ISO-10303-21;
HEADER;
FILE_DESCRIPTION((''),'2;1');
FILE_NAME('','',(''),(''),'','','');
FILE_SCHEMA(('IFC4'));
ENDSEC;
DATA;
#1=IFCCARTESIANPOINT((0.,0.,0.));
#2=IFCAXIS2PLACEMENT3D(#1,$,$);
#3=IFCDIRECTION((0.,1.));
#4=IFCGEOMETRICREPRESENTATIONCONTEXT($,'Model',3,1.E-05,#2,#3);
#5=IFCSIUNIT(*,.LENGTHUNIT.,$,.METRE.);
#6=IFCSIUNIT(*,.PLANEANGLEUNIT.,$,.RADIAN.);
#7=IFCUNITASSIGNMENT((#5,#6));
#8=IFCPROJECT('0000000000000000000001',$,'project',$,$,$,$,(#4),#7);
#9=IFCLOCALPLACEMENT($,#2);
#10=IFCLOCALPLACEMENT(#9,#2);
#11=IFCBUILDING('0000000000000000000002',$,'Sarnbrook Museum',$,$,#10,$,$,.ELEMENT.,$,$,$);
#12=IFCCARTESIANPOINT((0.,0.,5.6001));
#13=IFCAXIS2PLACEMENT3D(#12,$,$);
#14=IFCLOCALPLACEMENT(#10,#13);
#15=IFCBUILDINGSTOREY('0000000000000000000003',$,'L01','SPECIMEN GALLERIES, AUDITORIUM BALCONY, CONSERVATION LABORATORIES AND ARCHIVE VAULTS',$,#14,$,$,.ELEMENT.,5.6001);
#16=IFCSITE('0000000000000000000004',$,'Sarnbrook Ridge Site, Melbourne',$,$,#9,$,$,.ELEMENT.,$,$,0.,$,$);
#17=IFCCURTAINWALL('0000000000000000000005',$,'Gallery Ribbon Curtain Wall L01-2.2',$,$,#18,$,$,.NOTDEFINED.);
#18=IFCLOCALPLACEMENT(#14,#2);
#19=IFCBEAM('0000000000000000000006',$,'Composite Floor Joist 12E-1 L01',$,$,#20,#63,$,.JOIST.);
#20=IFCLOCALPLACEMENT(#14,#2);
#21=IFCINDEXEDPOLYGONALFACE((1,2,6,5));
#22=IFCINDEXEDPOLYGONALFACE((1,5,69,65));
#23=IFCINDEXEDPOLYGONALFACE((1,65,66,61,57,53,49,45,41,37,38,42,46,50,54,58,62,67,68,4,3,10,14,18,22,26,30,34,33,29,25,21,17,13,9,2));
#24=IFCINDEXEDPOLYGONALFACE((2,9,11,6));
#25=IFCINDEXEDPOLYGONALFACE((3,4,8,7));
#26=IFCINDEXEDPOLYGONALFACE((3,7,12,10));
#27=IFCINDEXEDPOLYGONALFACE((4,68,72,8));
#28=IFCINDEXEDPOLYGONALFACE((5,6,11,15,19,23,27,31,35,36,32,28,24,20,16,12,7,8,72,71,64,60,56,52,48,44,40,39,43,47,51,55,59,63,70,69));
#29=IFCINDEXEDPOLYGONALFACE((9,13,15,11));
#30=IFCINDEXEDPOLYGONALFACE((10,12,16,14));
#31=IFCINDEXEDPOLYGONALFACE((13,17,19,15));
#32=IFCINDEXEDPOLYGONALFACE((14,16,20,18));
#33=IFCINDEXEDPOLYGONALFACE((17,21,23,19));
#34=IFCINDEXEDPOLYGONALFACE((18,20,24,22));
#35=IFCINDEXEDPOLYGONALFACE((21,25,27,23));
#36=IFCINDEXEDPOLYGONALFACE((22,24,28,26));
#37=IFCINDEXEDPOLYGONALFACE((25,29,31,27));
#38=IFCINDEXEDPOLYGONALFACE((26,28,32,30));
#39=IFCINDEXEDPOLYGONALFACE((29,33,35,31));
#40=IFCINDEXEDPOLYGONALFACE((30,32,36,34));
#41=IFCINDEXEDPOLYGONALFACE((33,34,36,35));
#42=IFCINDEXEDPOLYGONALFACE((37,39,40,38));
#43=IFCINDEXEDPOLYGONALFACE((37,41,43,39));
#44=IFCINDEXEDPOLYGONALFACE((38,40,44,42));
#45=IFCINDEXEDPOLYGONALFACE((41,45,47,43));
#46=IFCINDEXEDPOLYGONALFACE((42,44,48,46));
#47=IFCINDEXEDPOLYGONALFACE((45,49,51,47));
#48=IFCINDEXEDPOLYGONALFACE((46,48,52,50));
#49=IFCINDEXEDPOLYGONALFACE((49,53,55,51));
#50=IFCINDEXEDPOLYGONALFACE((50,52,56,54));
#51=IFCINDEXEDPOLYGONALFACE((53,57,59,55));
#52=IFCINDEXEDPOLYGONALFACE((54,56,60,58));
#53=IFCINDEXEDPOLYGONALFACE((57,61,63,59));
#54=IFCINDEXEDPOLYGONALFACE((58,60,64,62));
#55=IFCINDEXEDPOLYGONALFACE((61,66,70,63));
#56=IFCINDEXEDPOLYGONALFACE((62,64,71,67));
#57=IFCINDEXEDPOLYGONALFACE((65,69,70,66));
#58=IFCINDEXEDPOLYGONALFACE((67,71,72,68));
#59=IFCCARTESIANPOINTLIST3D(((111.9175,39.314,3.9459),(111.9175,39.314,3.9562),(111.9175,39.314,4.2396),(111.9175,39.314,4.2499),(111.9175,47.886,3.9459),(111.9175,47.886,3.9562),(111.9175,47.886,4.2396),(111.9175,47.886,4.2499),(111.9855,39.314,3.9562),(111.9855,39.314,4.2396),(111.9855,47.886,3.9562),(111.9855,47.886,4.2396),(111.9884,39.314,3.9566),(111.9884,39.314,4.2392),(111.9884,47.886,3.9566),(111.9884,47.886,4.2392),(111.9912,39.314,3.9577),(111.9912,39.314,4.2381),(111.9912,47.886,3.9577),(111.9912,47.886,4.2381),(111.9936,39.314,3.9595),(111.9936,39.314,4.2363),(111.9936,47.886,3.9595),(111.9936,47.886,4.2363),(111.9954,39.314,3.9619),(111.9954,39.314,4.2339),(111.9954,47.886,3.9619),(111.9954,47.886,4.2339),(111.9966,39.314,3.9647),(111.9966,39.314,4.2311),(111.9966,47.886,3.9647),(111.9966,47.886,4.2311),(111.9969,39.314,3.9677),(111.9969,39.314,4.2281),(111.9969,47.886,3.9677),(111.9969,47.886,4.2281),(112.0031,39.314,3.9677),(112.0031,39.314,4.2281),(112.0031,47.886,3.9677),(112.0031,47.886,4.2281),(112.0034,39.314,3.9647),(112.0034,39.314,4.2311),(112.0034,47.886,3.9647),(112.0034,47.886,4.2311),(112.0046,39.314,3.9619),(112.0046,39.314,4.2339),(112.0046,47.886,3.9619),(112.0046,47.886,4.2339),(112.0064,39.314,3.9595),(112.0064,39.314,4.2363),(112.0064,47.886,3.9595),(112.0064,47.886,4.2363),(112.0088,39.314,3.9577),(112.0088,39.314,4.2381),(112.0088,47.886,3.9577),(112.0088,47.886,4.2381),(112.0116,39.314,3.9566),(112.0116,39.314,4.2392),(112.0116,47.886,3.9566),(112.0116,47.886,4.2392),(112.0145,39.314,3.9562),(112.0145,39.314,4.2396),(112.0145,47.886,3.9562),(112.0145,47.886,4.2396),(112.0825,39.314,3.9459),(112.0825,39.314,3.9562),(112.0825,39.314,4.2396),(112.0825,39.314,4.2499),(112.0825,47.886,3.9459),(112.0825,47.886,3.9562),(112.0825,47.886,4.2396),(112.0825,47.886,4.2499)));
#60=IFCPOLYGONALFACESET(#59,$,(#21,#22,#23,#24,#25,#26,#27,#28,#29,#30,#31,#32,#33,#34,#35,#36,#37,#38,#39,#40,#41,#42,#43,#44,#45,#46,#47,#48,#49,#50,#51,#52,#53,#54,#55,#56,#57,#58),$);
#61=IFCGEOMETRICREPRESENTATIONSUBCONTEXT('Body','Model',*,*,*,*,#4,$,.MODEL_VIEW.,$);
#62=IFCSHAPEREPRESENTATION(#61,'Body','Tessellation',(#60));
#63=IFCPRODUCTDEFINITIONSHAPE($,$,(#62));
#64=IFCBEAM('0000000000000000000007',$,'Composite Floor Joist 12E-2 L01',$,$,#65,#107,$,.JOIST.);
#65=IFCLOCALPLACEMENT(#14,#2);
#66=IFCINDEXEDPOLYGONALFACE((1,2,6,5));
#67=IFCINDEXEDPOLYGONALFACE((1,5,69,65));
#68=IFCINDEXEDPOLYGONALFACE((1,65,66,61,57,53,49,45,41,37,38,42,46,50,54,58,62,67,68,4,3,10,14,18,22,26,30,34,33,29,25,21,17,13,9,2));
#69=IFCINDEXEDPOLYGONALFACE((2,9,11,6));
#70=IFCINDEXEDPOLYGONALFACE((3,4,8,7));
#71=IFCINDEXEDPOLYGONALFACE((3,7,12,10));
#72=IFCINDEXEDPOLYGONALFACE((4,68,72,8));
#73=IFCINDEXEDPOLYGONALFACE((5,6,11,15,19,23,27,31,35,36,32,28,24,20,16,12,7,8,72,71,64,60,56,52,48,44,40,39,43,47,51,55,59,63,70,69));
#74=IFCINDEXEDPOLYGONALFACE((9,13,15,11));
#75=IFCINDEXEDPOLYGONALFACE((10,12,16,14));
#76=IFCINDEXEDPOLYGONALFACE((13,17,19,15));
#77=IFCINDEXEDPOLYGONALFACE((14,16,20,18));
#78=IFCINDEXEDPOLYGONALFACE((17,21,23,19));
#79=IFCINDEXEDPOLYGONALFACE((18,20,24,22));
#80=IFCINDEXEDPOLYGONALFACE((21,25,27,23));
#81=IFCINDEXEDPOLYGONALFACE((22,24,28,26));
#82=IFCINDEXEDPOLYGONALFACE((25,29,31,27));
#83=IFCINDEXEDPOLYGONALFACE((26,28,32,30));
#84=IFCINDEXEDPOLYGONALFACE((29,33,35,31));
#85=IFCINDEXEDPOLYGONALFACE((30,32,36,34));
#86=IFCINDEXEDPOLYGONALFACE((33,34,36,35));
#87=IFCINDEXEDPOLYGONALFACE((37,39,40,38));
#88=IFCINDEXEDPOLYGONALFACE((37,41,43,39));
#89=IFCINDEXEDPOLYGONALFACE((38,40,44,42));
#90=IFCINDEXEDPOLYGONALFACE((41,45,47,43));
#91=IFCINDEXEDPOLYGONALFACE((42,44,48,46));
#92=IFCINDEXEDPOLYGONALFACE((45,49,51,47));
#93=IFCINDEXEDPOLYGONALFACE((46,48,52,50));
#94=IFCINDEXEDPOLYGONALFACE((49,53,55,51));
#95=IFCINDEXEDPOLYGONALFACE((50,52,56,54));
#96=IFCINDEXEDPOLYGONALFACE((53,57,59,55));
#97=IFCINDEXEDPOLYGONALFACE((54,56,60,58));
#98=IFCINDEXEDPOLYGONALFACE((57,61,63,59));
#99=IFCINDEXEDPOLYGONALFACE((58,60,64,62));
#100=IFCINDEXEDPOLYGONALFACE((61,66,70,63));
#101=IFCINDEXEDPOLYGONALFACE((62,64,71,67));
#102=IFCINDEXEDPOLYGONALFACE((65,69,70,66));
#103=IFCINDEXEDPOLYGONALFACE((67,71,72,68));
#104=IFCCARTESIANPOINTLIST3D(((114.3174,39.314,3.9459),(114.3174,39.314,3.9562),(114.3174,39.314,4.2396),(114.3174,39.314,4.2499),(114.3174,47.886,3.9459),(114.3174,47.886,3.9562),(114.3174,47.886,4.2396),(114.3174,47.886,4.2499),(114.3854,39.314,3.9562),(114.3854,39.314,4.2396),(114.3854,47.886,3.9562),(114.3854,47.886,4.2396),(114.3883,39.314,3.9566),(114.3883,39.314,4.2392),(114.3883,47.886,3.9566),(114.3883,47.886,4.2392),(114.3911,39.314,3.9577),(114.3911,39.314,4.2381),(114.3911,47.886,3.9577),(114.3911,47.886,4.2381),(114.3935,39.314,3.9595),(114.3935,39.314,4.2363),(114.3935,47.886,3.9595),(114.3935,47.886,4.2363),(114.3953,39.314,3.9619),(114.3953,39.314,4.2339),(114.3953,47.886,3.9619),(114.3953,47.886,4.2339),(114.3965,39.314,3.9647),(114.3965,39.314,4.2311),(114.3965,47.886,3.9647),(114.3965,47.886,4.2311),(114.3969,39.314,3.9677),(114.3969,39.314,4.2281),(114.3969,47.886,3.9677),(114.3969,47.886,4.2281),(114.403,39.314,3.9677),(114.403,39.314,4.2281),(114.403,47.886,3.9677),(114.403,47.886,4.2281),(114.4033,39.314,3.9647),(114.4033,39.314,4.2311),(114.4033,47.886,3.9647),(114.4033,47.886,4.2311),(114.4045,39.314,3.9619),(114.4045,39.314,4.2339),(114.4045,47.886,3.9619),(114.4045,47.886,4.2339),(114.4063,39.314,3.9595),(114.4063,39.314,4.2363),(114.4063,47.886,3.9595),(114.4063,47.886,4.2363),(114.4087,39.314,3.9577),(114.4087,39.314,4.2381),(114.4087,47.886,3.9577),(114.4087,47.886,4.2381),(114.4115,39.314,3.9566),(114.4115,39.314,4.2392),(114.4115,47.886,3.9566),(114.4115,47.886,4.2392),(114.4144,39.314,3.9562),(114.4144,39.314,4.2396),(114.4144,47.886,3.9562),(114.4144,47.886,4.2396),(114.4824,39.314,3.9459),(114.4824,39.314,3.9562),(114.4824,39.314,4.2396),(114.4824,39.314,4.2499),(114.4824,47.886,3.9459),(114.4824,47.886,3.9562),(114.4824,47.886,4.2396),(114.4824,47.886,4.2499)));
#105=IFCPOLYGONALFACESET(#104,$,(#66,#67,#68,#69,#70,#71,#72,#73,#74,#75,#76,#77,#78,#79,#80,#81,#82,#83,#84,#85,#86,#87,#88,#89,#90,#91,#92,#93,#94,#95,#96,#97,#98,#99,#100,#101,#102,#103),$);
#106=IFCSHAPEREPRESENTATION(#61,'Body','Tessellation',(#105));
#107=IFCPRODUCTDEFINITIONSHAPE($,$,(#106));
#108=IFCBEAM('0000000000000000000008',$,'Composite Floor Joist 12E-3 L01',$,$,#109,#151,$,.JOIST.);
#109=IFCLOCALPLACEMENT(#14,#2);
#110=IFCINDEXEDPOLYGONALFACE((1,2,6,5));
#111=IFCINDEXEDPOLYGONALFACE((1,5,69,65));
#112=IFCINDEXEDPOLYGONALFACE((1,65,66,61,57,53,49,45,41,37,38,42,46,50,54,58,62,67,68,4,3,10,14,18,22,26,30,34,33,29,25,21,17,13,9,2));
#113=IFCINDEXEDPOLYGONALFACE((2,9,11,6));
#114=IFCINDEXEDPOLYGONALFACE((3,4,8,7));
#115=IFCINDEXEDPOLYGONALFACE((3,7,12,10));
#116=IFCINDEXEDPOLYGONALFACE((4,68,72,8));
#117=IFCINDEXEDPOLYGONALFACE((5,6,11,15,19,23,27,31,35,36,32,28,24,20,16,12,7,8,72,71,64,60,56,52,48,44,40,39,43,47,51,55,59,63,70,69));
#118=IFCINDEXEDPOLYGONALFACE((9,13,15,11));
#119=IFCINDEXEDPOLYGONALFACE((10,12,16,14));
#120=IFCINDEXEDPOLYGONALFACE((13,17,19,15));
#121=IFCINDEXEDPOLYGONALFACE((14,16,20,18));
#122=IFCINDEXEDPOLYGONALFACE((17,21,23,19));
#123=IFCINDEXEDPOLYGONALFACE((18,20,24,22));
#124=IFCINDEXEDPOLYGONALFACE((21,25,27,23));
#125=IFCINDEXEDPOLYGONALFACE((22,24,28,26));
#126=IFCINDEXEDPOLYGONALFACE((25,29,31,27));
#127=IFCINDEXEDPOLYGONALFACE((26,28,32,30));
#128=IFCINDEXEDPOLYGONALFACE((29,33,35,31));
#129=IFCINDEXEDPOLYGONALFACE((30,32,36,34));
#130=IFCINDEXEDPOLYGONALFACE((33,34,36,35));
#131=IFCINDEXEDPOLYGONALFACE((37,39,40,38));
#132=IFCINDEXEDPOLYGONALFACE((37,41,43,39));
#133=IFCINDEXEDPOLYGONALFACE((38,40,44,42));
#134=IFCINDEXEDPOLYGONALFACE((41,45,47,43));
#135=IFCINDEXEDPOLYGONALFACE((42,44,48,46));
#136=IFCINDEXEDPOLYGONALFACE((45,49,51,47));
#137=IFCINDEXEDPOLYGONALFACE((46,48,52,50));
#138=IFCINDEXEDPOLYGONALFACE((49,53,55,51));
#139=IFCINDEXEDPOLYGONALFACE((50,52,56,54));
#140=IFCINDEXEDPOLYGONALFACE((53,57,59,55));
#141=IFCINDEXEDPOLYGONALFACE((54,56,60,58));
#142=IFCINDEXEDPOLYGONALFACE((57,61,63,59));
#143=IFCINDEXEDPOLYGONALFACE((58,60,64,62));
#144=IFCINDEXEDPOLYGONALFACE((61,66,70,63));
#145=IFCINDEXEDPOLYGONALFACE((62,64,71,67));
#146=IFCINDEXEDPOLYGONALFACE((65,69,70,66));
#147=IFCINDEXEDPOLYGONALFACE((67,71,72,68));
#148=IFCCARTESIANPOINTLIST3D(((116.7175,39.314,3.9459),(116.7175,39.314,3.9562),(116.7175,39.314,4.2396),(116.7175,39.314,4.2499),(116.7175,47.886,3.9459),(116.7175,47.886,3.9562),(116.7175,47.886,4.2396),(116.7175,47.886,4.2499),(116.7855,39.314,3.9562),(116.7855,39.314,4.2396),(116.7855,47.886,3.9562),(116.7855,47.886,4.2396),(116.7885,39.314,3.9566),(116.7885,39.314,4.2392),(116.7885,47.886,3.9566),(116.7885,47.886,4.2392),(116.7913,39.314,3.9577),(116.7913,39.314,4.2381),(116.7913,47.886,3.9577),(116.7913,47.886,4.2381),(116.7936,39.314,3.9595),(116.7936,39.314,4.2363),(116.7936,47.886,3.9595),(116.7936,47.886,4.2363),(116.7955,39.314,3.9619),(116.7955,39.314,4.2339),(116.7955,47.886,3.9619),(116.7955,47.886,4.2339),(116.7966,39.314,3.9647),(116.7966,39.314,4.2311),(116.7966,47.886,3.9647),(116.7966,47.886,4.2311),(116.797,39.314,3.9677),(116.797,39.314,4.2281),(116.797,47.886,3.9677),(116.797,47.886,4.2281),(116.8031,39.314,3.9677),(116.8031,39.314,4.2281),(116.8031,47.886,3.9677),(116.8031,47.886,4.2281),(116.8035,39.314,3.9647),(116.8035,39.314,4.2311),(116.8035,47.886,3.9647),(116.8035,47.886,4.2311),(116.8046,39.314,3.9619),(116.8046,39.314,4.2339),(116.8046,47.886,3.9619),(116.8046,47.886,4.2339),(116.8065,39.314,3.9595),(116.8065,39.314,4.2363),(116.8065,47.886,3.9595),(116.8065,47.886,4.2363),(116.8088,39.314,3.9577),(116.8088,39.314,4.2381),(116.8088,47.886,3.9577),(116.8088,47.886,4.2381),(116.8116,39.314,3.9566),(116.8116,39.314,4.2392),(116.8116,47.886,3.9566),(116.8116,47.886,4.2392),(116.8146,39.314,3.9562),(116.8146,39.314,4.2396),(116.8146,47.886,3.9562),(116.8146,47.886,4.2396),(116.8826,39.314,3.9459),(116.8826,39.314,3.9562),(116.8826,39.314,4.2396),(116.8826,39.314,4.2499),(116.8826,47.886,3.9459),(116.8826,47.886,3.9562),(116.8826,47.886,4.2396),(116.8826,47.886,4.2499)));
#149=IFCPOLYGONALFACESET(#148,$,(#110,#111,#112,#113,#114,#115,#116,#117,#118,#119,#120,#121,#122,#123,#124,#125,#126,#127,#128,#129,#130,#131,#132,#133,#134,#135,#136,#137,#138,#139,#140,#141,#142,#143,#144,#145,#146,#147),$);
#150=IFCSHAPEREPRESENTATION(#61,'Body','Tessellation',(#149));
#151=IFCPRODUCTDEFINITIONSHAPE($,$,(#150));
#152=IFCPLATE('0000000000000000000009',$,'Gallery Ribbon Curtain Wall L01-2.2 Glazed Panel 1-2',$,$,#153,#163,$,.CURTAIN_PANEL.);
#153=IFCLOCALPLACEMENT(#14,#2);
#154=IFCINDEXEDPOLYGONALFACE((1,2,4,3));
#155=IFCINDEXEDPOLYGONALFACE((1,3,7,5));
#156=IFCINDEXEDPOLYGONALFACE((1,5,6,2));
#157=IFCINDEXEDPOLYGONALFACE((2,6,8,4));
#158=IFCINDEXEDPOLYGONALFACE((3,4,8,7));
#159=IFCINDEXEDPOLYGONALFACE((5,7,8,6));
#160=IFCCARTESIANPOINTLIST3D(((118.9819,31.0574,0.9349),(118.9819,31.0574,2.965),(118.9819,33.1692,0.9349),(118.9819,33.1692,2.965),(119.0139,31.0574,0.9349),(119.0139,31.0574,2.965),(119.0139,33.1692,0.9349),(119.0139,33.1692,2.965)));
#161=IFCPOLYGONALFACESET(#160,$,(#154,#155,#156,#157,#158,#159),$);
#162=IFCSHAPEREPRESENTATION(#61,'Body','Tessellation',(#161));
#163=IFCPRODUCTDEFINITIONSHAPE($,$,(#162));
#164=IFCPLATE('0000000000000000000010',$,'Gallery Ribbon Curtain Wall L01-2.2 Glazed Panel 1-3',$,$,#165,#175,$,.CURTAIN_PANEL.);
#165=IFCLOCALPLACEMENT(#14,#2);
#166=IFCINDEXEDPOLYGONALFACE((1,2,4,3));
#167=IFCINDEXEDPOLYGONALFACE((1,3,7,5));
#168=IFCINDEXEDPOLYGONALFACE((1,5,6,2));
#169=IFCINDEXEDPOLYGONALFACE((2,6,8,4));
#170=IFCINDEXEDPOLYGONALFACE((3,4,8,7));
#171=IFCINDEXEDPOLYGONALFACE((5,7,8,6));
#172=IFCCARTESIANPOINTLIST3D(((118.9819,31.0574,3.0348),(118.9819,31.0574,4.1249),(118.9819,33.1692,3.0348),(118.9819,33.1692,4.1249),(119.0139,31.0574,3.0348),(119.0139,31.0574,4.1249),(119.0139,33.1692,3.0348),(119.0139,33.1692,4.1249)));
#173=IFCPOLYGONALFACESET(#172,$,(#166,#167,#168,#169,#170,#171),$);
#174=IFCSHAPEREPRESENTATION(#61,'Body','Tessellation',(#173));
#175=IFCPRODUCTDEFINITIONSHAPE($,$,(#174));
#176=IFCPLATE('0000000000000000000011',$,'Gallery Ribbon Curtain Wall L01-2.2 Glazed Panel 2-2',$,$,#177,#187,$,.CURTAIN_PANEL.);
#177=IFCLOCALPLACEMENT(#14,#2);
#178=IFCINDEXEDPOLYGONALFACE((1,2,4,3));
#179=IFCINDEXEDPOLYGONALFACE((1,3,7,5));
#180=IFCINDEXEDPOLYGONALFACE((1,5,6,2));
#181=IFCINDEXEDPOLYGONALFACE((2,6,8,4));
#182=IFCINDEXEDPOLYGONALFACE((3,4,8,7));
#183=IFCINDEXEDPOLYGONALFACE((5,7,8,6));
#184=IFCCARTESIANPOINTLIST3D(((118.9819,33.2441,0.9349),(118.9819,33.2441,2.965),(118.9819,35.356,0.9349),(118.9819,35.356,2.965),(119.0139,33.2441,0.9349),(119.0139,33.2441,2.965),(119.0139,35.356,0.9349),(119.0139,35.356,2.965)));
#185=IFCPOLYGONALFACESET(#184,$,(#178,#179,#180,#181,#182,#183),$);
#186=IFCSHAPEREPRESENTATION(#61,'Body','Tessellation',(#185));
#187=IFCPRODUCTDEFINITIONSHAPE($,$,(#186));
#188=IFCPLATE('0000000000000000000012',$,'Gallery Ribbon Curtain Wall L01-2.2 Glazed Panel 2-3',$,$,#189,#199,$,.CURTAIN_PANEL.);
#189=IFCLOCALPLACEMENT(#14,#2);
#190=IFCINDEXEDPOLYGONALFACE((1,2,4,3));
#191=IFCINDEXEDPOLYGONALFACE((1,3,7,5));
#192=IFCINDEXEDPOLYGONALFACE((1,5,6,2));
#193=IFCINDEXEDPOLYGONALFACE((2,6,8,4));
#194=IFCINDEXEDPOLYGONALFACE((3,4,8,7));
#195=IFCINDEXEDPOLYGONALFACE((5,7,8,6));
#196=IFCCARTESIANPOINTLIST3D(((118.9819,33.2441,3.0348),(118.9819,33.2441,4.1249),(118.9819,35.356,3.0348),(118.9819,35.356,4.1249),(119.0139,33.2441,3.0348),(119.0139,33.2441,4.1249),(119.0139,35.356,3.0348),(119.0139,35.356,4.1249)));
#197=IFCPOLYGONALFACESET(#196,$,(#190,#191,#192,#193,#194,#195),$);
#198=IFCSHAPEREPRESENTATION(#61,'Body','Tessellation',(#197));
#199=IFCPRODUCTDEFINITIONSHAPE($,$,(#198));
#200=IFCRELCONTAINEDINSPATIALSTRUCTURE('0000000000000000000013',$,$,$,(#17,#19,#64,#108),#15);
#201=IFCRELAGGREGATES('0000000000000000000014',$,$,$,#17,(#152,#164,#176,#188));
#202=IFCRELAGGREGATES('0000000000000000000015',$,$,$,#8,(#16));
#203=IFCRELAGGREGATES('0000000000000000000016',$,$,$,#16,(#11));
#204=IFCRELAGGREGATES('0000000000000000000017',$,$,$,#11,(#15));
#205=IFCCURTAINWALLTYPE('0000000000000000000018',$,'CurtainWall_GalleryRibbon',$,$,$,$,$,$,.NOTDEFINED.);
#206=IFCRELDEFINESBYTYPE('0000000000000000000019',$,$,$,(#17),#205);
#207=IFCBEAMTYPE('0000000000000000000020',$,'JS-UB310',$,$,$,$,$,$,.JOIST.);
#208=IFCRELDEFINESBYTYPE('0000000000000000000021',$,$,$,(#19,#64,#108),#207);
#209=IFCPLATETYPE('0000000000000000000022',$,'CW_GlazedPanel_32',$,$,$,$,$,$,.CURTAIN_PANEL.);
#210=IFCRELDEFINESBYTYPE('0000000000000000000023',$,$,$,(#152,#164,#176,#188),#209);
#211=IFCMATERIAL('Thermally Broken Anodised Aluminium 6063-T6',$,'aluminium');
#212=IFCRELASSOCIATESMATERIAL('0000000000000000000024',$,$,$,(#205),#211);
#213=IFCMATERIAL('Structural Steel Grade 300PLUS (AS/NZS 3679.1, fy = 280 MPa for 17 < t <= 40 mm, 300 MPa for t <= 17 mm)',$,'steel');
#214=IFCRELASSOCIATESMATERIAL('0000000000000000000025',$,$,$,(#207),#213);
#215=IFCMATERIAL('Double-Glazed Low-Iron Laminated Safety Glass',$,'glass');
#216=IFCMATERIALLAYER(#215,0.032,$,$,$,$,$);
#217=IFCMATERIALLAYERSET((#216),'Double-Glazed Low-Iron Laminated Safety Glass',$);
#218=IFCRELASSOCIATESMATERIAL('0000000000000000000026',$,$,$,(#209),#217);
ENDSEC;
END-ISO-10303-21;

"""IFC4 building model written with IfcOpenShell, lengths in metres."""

from ifc_helpers import new_model, si_unit, direction, frame, origin, origin_2d, place, context, subcontext, project, spatial, rectangle, i_section, extrude, material, layer, layer_set, material_profile, profile_set, type_object, element, aggregate, save


model = new_model("IFC4")

# Units and contexts
model_context = context("Model", 3, precision=1e-05, world=origin(), true_north=direction((0.0, 1.0)))
body_context = subcontext(model_context, "Body", "Model", "MODEL_VIEW")
ifc_project = project(units=[si_unit("LENGTHUNIT", "METRE"), si_unit("PLANEANGLEUNIT", "RADIAN")], contexts=[model_context])

# Site, building, storey
site_placement = place(None, origin())
site = spatial("IfcSite", under=ifc_project, at=site_placement, Name="Sarnbrook Ridge Site, Melbourne", CompositionType="ELEMENT", RefElevation=0.0)
building_placement = place(site_placement, origin())
building = spatial("IfcBuilding", under=site, at=building_placement, Name="Sarnbrook Museum", CompositionType="ELEMENT")
storey_placement = place(building_placement, frame((0.0, 0.0, 5.6001)))
storey = spatial("IfcBuildingStorey", under=building, at=storey_placement, Name="L01", Description="SPECIMEN GALLERIES, AUDITORIUM BALCONY, CONSERVATION LABORATORIES AND ARCHIVE VAULTS", CompositionType="ELEMENT", Elevation=5.6001)

# Shared definitions
ifc_material_1 = material(Name="Structural Steel Grade 300PLUS (AS/NZS 3679.1, fy = 280 MPa for 17 < t <= 40 mm, 300 MPa for t <= 17 mm)", Category="steel")

# Curtain wall
ifc_material_2 = material(Name="Thermally Broken Anodised Aluminium 6063-T6", Category="aluminium")
curtain_wall_type = type_object("IfcCurtainWallType", Name="CurtainWall_GalleryRibbon", PredefinedType="NOTDEFINED", material=ifc_material_2)
curtain_wall_placement = place(storey_placement, origin())
curtain_wall = element("IfcCurtainWall", 1, at=curtain_wall_placement, inside=storey, type_object=curtain_wall_type, Name="Gallery Ribbon Curtain Wall L01-2.2", PredefinedType="NOTDEFINED")

# Beams
ifc_material_profile_1 = material_profile(ifc_material_1, i_section(OverallWidth=0.165, OverallDepth=0.304, WebThickness=0.0061, FlangeThickness=0.0103, FilletRadius=0.0115, at=origin_2d()), Name="310UB40.4")
ifc_profile_set_1 = profile_set([ifc_material_profile_1], Name="Structural Steel Grade 300PLUS (AS/NZS 3679.1, fy = 280 MPa for 17 < t <= 40 mm, 300 MPa for t <= 17 mm)")
beam_type_1 = type_object("IfcBeamType", Name="JS-UB310", PredefinedType="JOIST", material=ifc_profile_set_1)
for number, where, z_axis, x_axis, name in (
    (2, (112.0, 39.314, 4.0979), (0.0, 1.0, 0.0), (-1.0, 0.0, 0.0), "Composite Floor Joist 12E-1 L01"),
    (3, (114.3999, 39.314, 4.0979), (0.0, 1.0, 0.0), (-1.0, 0.0, 0.0), "Composite Floor Joist 12E-2 L01"),
    (4, (116.8, 39.314, 4.0979), (0.0, 1.0, 0.0), (-1.0, 0.0, 0.0), "Composite Floor Joist 12E-3 L01"),
):
    element("IfcBeam", number, at=place(storey_placement, frame(where, z_axis=z_axis, x_axis=x_axis)), inside=storey, type_object=beam_type_1, Name=name, PredefinedType="JOIST", context=body_context, shape_type="SweptSolid", body=[
        extrude(i_section(OverallWidth=0.165, OverallDepth=0.304, WebThickness=0.0061, FlangeThickness=0.0103, FilletRadius=0.0115, at=origin_2d()), origin(), (0.0, 0.0, 1.0), 8.572),
    ])

# Plates
ifc_material_3 = material(Name="Double-Glazed Low-Iron Laminated Safety Glass", Category="glass")
ifc_layer_1 = layer(ifc_material_3, 0.032)
ifc_layer_set_1 = layer_set([ifc_layer_1], Name="Double-Glazed Low-Iron Laminated Safety Glass")
plate_type_1 = type_object("IfcPlateType", Name="CW_GlazedPanel_32", PredefinedType="CURTAIN_PANEL", material=ifc_layer_set_1)
plate_1_placement = place(storey_placement, frame((118.9819, 32.1133, 1.95), z_axis=(1.0, 0.0, 0.0), x_axis=(0.0, 1.0, 0.0)))
plate_1 = element("IfcPlate", 5, at=plate_1_placement, type_object=plate_type_1, Name="Gallery Ribbon Curtain Wall L01-2.2 Glazed Panel 1-2", PredefinedType="CURTAIN_PANEL", context=body_context, shape_type="SweptSolid", body=[
    extrude(rectangle(XDim=2.1118, YDim=2.03, at=origin_2d()), origin(), (0.0, 0.0, 1.0), 0.032),
])
plate_2_placement = place(storey_placement, frame((118.9819, 32.1133, 3.5798), z_axis=(1.0, 0.0, 0.0), x_axis=(0.0, 1.0, 0.0)))
plate_2 = element("IfcPlate", 6, at=plate_2_placement, type_object=plate_type_1, Name="Gallery Ribbon Curtain Wall L01-2.2 Glazed Panel 1-3", PredefinedType="CURTAIN_PANEL", context=body_context, shape_type="SweptSolid", body=[
    extrude(rectangle(XDim=2.1118, YDim=1.0901, at=origin_2d()), origin(), (0.0, 0.0, 1.0), 0.032),
])
plate_3_placement = place(storey_placement, frame((118.9819, 34.3, 1.95), z_axis=(1.0, 0.0, 0.0), x_axis=(0.0, 1.0, 0.0)))
plate_3 = element("IfcPlate", 7, at=plate_3_placement, type_object=plate_type_1, Name="Gallery Ribbon Curtain Wall L01-2.2 Glazed Panel 2-2", PredefinedType="CURTAIN_PANEL", context=body_context, shape_type="SweptSolid", body=[
    extrude(rectangle(XDim=2.1118, YDim=2.03, at=origin_2d()), origin(), (0.0, 0.0, 1.0), 0.032),
])
plate_4_placement = place(storey_placement, frame((118.9819, 34.3, 3.5798), z_axis=(1.0, 0.0, 0.0), x_axis=(0.0, 1.0, 0.0)))
plate_4 = element("IfcPlate", 8, at=plate_4_placement, type_object=plate_type_1, Name="Gallery Ribbon Curtain Wall L01-2.2 Glazed Panel 2-3", PredefinedType="CURTAIN_PANEL", context=body_context, shape_type="SweptSolid", body=[
    extrude(rectangle(XDim=2.1118, YDim=1.0901, at=origin_2d()), origin(), (0.0, 0.0, 1.0), 0.032),
])
aggregate(curtain_wall, [plate_1, plate_2, plate_3, plate_4])

save(model, "model.ifc")
